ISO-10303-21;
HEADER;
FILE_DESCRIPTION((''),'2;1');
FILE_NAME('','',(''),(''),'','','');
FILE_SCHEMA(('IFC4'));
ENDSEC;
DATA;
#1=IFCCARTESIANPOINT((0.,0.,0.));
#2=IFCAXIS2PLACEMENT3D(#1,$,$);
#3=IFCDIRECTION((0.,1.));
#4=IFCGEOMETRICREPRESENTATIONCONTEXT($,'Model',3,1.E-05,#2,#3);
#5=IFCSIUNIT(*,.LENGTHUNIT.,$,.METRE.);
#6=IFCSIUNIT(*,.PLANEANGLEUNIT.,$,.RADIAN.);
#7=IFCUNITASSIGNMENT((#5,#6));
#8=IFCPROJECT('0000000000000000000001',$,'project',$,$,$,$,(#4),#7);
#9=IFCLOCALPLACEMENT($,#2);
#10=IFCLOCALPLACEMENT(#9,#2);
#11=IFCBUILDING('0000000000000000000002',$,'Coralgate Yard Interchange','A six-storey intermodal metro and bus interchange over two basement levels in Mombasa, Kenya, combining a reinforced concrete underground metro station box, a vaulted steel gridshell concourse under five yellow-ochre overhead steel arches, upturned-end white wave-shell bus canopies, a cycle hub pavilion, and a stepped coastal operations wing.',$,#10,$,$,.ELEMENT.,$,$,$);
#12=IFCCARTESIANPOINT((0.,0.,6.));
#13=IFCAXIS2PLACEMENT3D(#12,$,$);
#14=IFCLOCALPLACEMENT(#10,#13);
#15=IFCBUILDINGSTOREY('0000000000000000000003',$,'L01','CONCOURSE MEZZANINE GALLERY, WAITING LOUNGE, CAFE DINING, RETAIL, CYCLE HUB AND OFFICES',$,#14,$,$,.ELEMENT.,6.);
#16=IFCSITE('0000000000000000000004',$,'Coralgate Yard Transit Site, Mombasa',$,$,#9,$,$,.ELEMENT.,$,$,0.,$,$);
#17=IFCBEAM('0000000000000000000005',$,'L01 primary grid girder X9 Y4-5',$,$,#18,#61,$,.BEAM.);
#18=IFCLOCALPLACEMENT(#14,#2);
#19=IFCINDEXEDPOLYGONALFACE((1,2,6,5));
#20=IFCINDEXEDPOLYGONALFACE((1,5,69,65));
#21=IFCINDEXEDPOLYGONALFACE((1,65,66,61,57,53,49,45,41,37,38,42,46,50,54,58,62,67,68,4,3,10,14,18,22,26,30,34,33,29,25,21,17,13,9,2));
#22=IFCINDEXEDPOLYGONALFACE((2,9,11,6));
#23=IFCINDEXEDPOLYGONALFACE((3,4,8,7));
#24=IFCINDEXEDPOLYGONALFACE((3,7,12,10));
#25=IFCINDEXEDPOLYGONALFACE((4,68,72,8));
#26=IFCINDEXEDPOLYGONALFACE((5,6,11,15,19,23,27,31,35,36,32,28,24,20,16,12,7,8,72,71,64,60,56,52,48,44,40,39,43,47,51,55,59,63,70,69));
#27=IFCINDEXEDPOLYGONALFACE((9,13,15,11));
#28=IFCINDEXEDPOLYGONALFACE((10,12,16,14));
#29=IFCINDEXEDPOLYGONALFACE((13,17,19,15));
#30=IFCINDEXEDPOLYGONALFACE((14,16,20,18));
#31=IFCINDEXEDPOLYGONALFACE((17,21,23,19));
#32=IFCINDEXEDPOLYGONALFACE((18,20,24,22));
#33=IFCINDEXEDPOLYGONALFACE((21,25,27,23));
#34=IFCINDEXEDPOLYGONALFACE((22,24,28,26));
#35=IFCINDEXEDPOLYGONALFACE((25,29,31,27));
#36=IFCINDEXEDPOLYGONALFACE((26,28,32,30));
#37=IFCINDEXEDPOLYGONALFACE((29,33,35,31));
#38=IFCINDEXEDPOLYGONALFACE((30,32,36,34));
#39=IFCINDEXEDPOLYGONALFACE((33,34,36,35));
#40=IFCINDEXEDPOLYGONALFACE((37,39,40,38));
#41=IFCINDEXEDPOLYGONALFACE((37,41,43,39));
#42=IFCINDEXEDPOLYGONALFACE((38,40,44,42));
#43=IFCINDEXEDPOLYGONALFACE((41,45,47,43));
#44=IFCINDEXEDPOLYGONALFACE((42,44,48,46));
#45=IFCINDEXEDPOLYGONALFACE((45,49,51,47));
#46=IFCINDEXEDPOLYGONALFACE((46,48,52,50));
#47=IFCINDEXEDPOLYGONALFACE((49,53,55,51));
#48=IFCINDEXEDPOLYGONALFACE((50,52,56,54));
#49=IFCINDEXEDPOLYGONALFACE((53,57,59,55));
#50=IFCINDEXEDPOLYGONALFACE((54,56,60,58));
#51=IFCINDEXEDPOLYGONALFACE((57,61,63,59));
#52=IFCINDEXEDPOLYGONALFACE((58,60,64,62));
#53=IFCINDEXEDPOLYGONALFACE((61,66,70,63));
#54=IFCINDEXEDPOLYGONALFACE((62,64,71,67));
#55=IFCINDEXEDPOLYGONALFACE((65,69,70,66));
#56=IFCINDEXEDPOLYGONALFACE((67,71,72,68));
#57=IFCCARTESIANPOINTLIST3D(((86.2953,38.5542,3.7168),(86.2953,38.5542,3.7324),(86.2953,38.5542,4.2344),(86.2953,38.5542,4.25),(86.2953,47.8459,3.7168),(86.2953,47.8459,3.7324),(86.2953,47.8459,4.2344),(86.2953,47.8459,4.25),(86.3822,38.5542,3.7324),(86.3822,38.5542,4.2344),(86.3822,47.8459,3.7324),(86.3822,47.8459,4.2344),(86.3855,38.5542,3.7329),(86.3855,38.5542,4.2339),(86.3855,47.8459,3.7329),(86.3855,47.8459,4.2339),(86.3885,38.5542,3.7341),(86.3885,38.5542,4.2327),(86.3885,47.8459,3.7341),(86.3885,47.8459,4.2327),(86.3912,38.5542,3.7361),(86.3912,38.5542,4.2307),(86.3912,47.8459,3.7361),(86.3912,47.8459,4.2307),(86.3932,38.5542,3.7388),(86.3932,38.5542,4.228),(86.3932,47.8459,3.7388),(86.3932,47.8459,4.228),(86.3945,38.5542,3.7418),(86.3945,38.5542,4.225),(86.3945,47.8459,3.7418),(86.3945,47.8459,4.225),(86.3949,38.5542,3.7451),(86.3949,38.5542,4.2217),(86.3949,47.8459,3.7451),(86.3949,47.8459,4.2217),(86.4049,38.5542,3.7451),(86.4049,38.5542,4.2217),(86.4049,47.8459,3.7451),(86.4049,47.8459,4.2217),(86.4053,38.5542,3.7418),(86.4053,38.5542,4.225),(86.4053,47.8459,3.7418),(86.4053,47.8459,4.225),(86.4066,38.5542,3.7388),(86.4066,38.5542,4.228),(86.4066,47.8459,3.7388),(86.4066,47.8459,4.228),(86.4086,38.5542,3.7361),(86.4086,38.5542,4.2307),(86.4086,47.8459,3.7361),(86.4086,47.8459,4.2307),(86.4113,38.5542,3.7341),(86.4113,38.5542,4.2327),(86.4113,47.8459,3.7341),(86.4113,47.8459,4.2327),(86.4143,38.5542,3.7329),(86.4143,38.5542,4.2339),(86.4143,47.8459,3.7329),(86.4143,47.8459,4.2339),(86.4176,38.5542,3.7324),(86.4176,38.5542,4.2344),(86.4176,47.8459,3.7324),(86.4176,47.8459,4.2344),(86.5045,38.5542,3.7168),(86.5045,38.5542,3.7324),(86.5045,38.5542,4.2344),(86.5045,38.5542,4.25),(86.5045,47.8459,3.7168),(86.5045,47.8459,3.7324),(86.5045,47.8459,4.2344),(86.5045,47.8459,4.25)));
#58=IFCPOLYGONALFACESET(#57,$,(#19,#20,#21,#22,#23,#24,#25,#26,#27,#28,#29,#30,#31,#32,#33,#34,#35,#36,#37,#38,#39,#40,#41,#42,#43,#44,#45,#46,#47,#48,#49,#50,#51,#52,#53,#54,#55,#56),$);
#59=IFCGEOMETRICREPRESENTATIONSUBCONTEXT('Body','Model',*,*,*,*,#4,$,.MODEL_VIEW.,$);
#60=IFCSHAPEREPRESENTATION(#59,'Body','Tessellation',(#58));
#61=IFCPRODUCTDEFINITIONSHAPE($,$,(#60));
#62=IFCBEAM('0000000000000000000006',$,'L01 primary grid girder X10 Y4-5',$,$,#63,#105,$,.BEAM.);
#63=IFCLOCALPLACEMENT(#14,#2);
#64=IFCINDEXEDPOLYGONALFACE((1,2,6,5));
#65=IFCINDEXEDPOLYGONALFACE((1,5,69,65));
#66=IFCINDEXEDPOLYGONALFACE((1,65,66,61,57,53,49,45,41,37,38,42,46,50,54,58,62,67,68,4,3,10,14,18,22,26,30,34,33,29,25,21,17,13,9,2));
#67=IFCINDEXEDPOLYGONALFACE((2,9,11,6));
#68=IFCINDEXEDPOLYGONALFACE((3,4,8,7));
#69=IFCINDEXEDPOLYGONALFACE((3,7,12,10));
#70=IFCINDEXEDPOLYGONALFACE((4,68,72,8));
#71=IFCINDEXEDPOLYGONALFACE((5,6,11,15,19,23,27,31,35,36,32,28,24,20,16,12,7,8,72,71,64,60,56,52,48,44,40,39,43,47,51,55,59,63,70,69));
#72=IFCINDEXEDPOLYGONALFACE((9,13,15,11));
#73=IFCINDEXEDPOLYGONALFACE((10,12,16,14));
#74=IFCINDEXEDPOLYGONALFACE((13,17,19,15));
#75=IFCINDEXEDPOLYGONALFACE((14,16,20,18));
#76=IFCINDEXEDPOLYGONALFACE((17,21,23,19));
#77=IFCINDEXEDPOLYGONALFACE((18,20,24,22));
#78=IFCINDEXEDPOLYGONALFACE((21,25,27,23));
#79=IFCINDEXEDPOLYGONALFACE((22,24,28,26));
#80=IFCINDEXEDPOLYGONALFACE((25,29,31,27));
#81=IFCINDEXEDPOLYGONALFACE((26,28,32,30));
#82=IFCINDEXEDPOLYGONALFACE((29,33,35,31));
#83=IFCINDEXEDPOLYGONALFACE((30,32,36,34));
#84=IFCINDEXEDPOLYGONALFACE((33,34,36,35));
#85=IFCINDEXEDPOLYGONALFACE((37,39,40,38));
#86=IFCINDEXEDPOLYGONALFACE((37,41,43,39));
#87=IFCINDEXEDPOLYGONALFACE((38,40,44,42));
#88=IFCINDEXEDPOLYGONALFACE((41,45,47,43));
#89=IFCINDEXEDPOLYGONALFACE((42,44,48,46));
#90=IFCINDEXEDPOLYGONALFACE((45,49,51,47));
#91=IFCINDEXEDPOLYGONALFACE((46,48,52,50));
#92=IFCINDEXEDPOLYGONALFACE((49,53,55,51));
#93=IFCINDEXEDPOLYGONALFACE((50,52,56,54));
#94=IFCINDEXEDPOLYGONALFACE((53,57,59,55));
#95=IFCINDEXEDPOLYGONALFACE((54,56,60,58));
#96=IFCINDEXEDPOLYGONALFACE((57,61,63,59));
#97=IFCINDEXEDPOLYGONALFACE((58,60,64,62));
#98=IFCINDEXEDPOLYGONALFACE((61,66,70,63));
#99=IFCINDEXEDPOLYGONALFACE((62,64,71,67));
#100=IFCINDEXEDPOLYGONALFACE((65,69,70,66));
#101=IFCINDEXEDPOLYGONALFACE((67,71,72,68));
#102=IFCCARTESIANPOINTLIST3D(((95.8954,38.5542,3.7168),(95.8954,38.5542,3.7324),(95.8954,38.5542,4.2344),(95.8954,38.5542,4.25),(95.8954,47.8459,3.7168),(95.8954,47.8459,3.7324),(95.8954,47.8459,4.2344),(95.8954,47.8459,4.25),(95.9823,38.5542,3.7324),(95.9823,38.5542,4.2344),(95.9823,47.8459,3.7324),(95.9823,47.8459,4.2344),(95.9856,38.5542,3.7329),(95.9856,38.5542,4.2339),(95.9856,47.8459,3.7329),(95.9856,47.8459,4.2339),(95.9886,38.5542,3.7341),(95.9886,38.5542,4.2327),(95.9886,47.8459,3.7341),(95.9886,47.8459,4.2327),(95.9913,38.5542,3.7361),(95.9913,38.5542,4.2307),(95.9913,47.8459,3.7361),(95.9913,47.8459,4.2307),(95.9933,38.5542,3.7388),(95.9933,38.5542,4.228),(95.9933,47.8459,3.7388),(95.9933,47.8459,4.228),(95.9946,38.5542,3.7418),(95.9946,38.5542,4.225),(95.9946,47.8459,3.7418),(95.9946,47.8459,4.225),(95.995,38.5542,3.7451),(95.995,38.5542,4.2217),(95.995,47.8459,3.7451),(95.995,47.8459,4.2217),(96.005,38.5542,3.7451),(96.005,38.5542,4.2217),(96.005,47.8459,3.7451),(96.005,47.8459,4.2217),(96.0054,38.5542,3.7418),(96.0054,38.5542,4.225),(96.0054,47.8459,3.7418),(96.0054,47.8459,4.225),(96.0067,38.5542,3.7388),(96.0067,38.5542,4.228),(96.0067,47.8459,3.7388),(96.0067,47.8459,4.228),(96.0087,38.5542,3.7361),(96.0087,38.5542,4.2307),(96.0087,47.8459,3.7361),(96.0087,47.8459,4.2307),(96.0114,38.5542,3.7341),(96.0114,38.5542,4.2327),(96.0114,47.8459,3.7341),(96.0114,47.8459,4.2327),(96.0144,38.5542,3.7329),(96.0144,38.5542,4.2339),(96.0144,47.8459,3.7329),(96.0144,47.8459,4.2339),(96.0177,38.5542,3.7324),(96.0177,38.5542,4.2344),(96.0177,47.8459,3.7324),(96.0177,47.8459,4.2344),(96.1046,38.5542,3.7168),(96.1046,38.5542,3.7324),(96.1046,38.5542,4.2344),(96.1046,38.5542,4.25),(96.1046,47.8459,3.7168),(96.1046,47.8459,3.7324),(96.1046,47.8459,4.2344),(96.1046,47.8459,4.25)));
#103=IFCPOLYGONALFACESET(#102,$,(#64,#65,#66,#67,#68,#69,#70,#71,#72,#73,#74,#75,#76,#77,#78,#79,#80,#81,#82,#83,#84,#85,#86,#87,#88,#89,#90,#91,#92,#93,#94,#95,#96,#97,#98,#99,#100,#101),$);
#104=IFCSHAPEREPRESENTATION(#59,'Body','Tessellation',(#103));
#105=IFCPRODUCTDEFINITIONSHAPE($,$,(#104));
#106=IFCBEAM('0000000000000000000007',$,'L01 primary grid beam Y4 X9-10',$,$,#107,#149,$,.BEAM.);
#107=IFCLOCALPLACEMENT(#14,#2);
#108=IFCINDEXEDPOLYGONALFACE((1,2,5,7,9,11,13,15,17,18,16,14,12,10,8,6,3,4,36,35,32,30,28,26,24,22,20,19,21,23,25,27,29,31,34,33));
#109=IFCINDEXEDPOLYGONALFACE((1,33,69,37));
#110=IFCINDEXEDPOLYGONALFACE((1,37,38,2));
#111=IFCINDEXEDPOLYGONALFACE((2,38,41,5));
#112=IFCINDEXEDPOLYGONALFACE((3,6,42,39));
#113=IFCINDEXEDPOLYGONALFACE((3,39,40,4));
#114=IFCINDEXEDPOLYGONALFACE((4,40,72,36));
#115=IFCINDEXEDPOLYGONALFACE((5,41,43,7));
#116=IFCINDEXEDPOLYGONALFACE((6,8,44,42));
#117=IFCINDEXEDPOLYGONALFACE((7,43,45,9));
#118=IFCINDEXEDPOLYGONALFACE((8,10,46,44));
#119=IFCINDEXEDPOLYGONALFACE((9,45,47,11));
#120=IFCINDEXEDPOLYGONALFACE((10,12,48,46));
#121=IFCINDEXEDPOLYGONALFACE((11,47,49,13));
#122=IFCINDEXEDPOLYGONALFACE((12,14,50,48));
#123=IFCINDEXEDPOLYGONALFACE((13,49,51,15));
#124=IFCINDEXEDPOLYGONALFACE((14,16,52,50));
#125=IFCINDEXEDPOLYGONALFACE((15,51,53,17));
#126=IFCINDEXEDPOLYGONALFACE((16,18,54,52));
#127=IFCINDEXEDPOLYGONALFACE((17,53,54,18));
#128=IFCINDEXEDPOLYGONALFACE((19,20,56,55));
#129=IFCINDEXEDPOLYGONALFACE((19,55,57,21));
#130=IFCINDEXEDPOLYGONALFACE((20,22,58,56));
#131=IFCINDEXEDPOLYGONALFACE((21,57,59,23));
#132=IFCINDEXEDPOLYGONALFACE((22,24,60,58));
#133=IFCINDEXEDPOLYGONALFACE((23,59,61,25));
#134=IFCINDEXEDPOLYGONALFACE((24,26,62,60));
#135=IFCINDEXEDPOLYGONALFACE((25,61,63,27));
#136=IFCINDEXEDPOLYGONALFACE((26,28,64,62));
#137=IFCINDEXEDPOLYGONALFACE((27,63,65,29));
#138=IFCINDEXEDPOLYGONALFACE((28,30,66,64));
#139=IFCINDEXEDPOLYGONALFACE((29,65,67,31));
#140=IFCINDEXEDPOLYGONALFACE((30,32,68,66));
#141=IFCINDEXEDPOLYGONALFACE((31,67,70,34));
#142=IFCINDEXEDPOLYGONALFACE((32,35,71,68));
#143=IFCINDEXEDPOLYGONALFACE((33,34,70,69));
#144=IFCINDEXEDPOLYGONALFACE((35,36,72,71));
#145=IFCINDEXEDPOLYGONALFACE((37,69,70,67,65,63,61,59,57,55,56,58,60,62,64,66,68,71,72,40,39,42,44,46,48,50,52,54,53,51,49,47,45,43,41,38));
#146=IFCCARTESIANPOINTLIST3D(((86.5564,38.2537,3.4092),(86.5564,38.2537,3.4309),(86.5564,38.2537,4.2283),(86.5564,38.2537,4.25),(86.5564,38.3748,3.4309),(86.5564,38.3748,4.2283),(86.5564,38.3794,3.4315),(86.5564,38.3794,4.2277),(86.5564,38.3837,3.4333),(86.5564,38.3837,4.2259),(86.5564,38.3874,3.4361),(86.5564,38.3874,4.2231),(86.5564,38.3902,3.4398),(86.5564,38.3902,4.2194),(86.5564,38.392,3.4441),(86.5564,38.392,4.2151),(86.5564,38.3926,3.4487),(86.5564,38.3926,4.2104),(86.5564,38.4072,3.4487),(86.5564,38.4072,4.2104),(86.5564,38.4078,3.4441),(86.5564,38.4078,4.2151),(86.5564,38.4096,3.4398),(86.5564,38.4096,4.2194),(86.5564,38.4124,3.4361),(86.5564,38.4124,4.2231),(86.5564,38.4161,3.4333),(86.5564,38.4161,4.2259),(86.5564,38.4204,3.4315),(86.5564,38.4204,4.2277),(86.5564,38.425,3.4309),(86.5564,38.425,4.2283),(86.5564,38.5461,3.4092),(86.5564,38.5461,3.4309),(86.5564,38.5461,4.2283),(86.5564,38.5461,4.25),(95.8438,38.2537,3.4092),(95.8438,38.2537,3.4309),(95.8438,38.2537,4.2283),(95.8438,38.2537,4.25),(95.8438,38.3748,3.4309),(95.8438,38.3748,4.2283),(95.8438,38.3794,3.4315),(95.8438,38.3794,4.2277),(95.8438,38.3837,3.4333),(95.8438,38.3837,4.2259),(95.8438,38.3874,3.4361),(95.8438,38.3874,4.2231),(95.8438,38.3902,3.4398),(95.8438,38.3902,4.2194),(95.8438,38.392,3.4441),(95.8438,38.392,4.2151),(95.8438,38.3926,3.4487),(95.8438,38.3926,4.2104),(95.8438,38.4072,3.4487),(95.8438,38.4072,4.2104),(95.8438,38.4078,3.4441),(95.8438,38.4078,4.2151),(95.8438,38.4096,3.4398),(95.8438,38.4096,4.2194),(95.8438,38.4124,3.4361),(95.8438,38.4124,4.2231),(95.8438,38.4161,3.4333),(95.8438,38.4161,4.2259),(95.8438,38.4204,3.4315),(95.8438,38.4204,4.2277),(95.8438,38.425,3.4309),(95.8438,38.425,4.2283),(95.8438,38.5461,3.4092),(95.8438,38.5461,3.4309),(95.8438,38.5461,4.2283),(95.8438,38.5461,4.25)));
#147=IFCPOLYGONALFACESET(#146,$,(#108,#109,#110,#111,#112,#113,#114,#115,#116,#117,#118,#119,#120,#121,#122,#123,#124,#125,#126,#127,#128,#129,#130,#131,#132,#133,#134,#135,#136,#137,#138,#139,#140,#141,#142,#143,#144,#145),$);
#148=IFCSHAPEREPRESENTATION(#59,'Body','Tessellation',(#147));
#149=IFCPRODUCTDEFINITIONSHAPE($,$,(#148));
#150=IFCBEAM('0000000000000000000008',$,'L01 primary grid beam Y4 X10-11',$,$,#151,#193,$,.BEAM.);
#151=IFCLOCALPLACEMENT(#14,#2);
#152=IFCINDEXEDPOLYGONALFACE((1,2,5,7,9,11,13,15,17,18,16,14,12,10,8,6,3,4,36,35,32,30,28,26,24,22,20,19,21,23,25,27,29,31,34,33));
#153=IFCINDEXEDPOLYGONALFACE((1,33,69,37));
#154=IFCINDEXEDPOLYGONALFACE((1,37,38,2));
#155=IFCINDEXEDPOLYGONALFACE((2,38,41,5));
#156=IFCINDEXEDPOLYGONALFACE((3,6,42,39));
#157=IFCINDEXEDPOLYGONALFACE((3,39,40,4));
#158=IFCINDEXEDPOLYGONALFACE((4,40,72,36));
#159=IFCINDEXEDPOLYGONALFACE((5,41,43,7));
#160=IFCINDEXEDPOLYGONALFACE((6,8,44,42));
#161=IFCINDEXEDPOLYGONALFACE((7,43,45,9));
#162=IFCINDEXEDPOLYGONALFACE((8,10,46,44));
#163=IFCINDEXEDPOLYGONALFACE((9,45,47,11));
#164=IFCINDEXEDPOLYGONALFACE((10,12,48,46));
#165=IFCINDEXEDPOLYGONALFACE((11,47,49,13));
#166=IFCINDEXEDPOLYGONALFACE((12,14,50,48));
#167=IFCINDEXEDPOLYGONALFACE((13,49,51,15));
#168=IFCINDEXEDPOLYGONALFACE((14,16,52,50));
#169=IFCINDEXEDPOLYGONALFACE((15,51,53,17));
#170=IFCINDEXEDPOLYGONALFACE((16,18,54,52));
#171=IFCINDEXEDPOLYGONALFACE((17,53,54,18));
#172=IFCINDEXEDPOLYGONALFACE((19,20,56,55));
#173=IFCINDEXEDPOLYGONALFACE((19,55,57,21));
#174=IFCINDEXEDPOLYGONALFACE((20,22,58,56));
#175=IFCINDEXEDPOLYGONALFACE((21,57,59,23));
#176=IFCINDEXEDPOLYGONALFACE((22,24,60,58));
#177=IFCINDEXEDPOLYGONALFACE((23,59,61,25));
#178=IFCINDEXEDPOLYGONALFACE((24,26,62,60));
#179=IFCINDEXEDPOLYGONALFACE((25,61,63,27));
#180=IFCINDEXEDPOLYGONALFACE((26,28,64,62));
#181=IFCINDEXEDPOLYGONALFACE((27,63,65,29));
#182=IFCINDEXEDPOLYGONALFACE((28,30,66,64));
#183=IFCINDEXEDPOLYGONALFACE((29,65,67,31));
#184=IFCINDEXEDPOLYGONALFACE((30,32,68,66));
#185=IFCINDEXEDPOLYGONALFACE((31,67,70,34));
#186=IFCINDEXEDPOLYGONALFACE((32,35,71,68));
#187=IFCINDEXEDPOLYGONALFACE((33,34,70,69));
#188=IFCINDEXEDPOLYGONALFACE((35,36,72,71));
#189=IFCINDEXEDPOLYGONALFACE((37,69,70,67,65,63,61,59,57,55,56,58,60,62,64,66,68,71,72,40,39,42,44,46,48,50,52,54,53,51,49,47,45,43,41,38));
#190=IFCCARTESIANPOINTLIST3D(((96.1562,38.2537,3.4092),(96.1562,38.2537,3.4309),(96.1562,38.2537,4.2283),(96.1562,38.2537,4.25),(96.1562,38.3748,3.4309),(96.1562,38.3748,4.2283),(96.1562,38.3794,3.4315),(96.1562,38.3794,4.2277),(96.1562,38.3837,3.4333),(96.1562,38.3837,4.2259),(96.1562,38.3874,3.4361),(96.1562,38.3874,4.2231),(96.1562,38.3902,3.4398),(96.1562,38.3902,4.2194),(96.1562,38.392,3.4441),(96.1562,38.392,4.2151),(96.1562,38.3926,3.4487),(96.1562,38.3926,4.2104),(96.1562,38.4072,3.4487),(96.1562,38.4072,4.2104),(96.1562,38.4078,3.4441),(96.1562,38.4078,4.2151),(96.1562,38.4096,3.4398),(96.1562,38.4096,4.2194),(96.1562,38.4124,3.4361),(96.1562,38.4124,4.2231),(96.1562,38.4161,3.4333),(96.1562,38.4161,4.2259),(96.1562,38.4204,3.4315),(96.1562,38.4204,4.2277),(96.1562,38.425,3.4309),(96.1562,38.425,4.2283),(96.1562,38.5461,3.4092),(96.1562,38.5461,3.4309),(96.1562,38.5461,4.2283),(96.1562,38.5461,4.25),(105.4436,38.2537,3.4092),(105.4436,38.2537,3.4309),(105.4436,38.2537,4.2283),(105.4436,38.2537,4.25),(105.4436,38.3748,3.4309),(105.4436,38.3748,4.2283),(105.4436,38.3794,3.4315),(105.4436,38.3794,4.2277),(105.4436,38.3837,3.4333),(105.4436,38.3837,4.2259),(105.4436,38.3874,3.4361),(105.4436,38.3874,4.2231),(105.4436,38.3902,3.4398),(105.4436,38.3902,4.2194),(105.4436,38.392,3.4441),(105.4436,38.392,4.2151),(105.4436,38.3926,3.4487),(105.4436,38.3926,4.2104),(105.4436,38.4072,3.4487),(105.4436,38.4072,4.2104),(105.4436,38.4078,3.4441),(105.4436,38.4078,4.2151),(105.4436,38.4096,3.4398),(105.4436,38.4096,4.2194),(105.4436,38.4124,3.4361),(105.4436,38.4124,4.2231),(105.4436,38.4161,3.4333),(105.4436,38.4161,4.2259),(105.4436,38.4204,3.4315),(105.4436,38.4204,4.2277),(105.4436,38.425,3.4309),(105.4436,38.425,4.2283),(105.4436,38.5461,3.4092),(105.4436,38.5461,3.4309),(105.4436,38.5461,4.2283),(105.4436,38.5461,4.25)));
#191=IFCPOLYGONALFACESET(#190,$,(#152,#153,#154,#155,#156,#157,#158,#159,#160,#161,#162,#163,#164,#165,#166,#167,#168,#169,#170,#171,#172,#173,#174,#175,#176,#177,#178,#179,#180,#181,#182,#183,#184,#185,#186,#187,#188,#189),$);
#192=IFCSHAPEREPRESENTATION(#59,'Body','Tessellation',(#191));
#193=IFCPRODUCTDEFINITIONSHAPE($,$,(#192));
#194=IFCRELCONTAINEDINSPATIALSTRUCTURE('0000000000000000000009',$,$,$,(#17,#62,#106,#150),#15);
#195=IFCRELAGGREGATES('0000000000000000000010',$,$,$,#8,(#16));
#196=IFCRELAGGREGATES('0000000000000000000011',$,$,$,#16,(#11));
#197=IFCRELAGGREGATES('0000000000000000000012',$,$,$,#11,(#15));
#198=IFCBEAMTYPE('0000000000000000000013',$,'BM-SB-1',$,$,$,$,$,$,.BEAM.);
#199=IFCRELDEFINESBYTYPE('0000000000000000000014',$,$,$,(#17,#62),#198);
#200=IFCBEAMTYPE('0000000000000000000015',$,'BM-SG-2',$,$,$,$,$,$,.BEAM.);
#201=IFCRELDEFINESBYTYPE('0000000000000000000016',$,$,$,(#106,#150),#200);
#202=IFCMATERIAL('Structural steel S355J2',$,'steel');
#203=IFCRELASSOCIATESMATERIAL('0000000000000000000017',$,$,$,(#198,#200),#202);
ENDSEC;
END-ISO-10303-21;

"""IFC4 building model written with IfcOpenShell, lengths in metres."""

from ifc_helpers import new_model, si_unit, direction, frame, origin, origin_2d, place, context, subcontext, project, spatial, i_section, extrude, material, material_profile, profile_set, type_object, element, save


model = new_model("IFC4")

# Units and contexts
model_context = context("Model", 3, precision=1e-05, world=origin(), true_north=direction((0.0, 1.0)))
body_context = subcontext(model_context, "Body", "Model", "MODEL_VIEW")
ifc_project = project(units=[si_unit("LENGTHUNIT", "METRE"), si_unit("PLANEANGLEUNIT", "RADIAN")], contexts=[model_context])

# Site, building, storey
site_placement = place(None, origin())
site = spatial("IfcSite", under=ifc_project, at=site_placement, Name="Coralgate Yard Transit Site, Mombasa", CompositionType="ELEMENT", RefElevation=0.0)
building_placement = place(site_placement, origin())
building = spatial("IfcBuilding", under=site, at=building_placement, Name="Coralgate Yard Interchange", Description="A six-storey intermodal metro and bus interchange over two basement levels in Mombasa, Kenya, combining a reinforced concrete underground metro station box, a vaulted steel gridshell concourse under five yellow-ochre overhead steel arches, upturned-end white wave-shell bus canopies, a cycle hub pavilion, and a stepped coastal operations wing.", CompositionType="ELEMENT")
storey_placement = place(building_placement, frame((0.0, 0.0, 6.0)))
storey = spatial("IfcBuildingStorey", under=building, at=storey_placement, Name="L01", Description="CONCOURSE MEZZANINE GALLERY, WAITING LOUNGE, CAFE DINING, RETAIL, CYCLE HUB AND OFFICES", CompositionType="ELEMENT", Elevation=6.0)

# Shared definitions
ifc_material_1 = material(Name="Structural steel S355J2", Category="steel")

# Beams
ifc_material_profile_1 = material_profile(ifc_material_1, i_section(OverallWidth=0.2092, OverallDepth=0.5332, WebThickness=0.01, FlangeThickness=0.0156, FilletRadius=0.0127, at=origin_2d()), Name="UB 533x210x92")
ifc_profile_set_1 = profile_set([ifc_material_profile_1], Name="Structural steel S355J2")
beam_type_1 = type_object("IfcBeamType", Name="BM-SB-1", PredefinedType="BEAM", material=ifc_profile_set_1)
for number, where, z_axis, x_axis, name in (
    (1, (86.3999, 38.5542, 3.9834), (0.0, 1.0, 0.0), (-1.0, 0.0, 0.0), "L01 primary grid girder X9 Y4-5"),
    (2, (96.0, 38.5542, 3.9834), (0.0, 1.0, 0.0), (-1.0, 0.0, 0.0), "L01 primary grid girder X10 Y4-5"),
):
    element("IfcBeam", number, at=place(storey_placement, frame(where, z_axis=z_axis, x_axis=x_axis)), inside=storey, type_object=beam_type_1, Name=name, PredefinedType="BEAM", context=body_context, shape_type="SweptSolid", body=[
        extrude(i_section(OverallWidth=0.2092, OverallDepth=0.5332, WebThickness=0.01, FlangeThickness=0.0156, FilletRadius=0.0127, at=origin_2d()), origin(), (0.0, 0.0, 1.0), 9.2917),
    ])
ifc_material_profile_2 = material_profile(ifc_material_1, i_section(OverallWidth=0.2925, OverallDepth=0.8408, WebThickness=0.0146, FlangeThickness=0.0217, FilletRadius=0.0178, at=origin_2d()), Name="UB 838x292x194")
ifc_profile_set_2 = profile_set([ifc_material_profile_2], Name="Structural steel S355J2")
beam_type_2 = type_object("IfcBeamType", Name="BM-SG-2", PredefinedType="BEAM", material=ifc_profile_set_2)
for number, where, z_axis, x_axis, name in (
    (3, (86.5564, 38.3999, 3.8296), (1.0, 0.0, 0.0), (0.0, 1.0, 0.0), "L01 primary grid beam Y4 X9-10"),
    (4, (96.1562, 38.3999, 3.8296), (1.0, 0.0, 0.0), (0.0, 1.0, 0.0), "L01 primary grid beam Y4 X10-11"),
):
    element("IfcBeam", number, at=place(storey_placement, frame(where, z_axis=z_axis, x_axis=x_axis)), inside=storey, type_object=beam_type_2, Name=name, PredefinedType="BEAM", context=body_context, shape_type="SweptSolid", body=[
        extrude(i_section(OverallWidth=0.2925, OverallDepth=0.8408, WebThickness=0.0146, FlangeThickness=0.0217, FilletRadius=0.0178, at=origin_2d()), origin(), (0.0, 0.0, 1.0), 9.2874),
    ])

save(model, "model.ifc")
